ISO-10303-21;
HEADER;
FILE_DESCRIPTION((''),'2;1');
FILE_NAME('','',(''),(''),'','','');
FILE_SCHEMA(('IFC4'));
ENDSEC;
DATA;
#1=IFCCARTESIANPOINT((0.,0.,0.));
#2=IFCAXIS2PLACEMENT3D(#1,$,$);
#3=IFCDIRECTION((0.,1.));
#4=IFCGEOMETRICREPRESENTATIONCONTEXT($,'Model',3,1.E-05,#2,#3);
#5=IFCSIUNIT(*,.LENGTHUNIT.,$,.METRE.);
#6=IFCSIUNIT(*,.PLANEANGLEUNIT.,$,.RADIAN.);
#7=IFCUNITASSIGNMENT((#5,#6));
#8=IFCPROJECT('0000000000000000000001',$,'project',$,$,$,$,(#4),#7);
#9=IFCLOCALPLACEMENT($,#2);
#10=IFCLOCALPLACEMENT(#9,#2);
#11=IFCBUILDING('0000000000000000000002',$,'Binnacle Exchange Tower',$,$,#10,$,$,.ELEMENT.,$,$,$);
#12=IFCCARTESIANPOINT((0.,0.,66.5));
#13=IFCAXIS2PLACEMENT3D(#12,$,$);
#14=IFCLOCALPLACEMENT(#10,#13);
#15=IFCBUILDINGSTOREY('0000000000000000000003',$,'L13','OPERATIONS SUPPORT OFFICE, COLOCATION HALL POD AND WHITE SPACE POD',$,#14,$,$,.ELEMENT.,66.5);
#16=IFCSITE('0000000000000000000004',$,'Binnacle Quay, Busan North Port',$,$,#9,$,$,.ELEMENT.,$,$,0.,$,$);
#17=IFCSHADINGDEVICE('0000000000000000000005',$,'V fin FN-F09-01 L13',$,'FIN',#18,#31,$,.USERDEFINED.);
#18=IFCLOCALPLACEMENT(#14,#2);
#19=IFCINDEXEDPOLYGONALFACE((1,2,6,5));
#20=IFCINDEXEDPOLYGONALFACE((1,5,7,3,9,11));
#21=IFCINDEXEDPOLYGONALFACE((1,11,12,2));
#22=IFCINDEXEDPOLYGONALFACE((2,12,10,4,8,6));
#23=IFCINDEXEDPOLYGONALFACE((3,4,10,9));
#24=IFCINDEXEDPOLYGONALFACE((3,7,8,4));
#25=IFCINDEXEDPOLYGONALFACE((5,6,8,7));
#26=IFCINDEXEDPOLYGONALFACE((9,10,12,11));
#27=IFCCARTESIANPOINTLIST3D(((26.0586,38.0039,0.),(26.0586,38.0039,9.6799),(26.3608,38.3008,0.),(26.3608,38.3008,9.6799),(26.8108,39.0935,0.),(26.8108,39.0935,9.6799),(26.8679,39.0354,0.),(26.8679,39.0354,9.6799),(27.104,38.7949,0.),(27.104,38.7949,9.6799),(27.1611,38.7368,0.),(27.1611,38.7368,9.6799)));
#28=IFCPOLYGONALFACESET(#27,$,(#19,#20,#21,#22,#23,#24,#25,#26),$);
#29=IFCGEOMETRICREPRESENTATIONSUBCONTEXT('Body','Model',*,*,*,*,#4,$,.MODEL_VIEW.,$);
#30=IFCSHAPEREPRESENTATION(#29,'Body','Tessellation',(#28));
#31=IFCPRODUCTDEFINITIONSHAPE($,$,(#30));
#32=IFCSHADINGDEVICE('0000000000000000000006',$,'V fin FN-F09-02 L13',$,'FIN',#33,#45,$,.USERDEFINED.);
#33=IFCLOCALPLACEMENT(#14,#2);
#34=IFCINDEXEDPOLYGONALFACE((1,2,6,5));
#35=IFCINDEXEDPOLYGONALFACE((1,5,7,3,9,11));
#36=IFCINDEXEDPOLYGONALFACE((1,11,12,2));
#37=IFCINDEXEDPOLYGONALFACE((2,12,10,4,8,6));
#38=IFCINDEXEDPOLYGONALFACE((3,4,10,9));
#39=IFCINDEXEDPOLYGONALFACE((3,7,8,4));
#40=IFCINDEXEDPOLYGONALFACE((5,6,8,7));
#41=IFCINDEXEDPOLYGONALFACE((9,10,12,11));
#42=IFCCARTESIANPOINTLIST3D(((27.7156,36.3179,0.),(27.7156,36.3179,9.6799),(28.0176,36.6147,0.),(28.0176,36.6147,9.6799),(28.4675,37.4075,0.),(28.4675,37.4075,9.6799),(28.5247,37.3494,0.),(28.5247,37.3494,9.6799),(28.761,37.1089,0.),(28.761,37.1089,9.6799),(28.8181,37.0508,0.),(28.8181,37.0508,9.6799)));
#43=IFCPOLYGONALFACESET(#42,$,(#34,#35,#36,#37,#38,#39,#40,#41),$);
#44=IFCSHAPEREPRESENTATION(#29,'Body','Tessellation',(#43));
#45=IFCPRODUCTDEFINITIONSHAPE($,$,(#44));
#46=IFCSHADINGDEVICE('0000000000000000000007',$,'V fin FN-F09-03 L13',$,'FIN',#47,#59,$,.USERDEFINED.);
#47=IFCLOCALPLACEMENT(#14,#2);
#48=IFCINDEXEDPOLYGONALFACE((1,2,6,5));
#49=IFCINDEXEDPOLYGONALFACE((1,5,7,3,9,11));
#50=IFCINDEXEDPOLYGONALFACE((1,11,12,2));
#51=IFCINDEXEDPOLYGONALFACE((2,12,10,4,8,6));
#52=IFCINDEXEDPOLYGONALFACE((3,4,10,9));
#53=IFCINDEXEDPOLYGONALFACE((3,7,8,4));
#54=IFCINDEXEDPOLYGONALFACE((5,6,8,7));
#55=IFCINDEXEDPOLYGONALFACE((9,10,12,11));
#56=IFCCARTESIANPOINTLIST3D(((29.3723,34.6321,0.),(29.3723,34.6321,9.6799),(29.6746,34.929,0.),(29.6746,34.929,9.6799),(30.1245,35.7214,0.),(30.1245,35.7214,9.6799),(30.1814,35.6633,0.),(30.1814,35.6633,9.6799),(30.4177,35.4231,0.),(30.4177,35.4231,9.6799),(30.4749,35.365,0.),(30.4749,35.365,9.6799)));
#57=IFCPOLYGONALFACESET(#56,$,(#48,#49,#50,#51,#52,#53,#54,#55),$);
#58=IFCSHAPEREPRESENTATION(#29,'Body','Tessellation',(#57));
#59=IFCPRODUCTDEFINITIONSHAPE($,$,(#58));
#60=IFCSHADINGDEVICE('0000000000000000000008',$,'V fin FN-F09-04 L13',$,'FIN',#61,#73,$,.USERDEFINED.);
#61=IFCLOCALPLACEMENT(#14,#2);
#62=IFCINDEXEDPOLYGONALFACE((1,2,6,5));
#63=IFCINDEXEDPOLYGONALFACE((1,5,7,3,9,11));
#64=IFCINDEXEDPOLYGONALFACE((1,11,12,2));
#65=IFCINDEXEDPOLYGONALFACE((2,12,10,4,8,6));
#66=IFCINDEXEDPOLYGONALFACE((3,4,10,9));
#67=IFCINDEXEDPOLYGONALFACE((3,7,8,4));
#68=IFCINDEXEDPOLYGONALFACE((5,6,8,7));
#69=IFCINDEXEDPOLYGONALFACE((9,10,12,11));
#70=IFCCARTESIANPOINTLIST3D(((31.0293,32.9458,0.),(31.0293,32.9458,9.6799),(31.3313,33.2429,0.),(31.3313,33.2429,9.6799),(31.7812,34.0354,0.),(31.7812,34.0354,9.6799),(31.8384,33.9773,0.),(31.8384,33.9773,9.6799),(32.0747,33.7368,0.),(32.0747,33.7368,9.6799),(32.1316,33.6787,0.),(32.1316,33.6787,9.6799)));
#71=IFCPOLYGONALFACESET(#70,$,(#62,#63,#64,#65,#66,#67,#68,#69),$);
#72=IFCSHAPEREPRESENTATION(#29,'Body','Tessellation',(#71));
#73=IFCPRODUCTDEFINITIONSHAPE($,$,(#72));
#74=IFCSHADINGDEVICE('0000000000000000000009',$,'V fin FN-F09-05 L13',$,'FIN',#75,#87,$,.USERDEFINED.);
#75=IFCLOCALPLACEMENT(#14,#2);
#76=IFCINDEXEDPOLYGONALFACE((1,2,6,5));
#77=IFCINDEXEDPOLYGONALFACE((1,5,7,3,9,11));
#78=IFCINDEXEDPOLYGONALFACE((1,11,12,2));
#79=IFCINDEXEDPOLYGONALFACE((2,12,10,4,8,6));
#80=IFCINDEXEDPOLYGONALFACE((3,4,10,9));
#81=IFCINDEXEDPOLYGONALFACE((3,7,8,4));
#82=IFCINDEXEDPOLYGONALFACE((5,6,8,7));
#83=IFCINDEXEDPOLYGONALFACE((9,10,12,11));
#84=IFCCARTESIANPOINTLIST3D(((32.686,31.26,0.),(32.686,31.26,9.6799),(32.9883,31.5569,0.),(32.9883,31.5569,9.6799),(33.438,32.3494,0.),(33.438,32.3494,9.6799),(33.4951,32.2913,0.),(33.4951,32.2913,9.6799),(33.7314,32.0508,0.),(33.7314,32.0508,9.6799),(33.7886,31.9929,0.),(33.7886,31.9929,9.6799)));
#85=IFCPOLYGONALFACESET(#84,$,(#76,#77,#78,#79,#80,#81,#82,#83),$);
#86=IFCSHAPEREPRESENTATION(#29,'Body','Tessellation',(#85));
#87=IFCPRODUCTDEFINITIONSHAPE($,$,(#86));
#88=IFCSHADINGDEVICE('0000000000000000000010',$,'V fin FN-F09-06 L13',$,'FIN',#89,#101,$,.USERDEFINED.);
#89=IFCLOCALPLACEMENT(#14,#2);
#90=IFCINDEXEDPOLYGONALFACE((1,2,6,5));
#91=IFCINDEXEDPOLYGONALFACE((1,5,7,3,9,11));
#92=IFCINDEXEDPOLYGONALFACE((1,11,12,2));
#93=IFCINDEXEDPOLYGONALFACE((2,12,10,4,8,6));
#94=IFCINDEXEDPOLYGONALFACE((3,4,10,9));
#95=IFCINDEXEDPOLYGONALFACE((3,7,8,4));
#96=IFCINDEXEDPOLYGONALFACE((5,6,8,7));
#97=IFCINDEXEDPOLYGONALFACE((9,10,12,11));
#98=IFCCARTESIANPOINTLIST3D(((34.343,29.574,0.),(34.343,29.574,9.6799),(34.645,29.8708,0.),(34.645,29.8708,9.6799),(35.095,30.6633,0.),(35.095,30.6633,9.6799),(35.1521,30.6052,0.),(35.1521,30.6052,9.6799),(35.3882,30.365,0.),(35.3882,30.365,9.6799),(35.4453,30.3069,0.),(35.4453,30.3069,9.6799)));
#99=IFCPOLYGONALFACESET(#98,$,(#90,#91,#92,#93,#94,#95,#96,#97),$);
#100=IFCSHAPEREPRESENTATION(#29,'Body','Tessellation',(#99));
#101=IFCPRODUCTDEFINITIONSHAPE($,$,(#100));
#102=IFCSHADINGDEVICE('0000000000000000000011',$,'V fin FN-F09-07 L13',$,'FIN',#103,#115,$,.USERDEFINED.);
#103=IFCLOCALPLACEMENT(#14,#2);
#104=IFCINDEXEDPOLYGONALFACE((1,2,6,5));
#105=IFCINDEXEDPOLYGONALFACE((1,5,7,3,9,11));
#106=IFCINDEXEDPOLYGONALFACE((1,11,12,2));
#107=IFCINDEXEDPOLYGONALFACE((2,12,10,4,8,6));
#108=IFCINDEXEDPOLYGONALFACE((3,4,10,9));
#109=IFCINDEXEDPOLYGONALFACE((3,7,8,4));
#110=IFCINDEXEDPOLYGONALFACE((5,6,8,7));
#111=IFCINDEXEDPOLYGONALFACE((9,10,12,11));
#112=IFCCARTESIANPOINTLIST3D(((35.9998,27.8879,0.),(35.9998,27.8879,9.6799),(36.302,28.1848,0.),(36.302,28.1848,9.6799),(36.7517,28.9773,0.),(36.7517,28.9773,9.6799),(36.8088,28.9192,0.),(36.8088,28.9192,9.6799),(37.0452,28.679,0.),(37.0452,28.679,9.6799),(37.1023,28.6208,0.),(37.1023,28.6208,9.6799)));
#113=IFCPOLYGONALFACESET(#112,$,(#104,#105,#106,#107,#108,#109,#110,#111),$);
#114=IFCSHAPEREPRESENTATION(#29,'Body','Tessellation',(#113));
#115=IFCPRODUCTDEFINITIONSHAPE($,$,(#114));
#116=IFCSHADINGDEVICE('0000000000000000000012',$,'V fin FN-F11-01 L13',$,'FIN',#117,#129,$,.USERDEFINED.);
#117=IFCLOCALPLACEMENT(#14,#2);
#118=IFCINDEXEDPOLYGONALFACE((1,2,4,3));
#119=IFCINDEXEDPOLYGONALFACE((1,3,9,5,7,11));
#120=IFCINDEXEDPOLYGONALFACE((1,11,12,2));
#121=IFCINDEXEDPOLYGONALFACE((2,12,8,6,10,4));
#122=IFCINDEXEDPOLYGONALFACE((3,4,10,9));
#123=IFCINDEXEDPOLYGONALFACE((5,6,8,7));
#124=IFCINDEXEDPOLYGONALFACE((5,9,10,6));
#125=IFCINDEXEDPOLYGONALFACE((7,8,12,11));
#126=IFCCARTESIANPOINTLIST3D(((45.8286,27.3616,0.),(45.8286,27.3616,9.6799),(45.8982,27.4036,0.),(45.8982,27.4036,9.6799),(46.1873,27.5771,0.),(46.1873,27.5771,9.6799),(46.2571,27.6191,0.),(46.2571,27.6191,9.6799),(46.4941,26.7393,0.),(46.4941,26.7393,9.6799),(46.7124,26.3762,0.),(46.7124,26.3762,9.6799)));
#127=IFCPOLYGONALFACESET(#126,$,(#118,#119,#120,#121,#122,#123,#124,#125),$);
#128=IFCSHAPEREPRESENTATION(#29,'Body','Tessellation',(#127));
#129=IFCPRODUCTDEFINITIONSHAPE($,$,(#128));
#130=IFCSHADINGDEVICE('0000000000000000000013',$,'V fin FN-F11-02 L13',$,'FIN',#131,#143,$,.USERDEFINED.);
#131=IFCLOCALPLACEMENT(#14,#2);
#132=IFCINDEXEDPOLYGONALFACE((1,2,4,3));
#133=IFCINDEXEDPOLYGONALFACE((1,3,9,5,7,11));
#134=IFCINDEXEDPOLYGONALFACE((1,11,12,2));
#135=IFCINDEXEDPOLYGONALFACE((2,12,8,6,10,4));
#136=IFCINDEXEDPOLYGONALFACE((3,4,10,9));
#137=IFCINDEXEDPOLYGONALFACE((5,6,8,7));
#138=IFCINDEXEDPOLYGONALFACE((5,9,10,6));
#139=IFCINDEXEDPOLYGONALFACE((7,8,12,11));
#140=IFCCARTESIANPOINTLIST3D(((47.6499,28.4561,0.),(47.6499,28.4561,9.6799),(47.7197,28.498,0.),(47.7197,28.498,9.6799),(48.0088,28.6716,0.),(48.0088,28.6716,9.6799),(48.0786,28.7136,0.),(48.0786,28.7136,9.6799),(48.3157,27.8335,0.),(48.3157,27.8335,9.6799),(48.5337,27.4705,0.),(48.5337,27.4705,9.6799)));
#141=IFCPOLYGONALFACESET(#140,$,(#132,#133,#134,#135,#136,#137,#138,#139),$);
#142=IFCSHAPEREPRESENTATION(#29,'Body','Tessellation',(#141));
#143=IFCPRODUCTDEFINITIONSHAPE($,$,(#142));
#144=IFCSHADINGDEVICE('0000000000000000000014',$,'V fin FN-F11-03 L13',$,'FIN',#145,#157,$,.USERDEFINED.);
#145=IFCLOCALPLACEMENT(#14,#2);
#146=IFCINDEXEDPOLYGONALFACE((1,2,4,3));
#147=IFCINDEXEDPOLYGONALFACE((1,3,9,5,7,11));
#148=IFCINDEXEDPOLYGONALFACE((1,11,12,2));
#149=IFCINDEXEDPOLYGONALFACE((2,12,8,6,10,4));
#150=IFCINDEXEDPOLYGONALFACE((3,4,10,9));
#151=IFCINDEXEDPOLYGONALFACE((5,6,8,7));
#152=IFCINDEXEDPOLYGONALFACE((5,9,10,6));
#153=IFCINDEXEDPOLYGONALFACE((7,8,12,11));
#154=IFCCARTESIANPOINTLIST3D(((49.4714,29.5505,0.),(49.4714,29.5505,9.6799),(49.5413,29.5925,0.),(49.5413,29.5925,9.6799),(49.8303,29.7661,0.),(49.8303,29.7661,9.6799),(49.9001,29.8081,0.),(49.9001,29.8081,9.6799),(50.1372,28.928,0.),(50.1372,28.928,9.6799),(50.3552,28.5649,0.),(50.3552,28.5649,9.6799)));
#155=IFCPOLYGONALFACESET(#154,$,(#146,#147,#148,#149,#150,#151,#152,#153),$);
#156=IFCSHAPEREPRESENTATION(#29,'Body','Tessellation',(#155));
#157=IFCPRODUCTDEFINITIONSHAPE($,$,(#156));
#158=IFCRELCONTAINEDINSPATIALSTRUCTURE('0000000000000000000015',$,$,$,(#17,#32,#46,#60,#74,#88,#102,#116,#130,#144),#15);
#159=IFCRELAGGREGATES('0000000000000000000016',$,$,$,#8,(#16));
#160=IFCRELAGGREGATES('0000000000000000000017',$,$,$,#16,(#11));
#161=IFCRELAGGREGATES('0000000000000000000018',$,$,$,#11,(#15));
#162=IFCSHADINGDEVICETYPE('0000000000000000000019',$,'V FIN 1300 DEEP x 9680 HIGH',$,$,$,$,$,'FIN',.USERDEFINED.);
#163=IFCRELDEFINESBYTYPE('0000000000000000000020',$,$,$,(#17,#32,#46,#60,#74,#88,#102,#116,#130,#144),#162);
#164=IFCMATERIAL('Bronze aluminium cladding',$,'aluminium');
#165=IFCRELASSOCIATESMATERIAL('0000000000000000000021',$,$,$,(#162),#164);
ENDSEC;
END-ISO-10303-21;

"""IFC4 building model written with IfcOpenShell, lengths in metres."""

from ifc_helpers import new_model, si_unit, direction, frame, origin, place, context, subcontext, project, spatial, polyline, outline, extrude, material, type_object, element, save


model = new_model("IFC4")

# Units and contexts
model_context = context("Model", 3, precision=1e-05, world=origin(), true_north=direction((0.0, 1.0)))
body_context = subcontext(model_context, "Body", "Model", "MODEL_VIEW")
ifc_project = project(units=[si_unit("LENGTHUNIT", "METRE"), si_unit("PLANEANGLEUNIT", "RADIAN")], contexts=[model_context])

# Site, building, storey
site_placement = place(None, origin())
site = spatial("IfcSite", under=ifc_project, at=site_placement, Name="Binnacle Quay, Busan North Port", CompositionType="ELEMENT", RefElevation=0.0)
building_placement = place(site_placement, origin())
building = spatial("IfcBuilding", under=site, at=building_placement, Name="Binnacle Exchange Tower", CompositionType="ELEMENT")
storey_placement = place(building_placement, frame((0.0, 0.0, 66.5)))
storey = spatial("IfcBuildingStorey", under=building, at=storey_placement, Name="L13", Description="OPERATIONS SUPPORT OFFICE, COLOCATION HALL POD AND WHITE SPACE POD", CompositionType="ELEMENT", Elevation=66.5)

# Shading devices
ifc_material = material(Name="Bronze aluminium cladding", Category="aluminium")
shading_device_type = type_object("IfcShadingDeviceType", Name="V FIN 1300 DEEP x 9680 HIGH", ElementType="FIN", PredefinedType="USERDEFINED", material=ifc_material)
shading_device_1_placement = place(storey_placement, origin())
element("IfcShadingDevice", 1, at=shading_device_1_placement, inside=storey, type_object=shading_device_type, Name="V fin FN-F09-01 L13", ObjectType="FIN", PredefinedType="USERDEFINED", context=body_context, shape_type="SweptSolid", body=[
    extrude(outline(polyline([(26.8108, 39.0935), (26.0586, 38.0039), (27.1611, 38.7368), (27.104, 38.7949), (26.3608, 38.3008), (26.8679, 39.0354), (26.8108, 39.0935)])), origin(), (0.0, 0.0, 1.0), 9.6799),
])
shading_device_2_placement = place(storey_placement, origin())
element("IfcShadingDevice", 2, at=shading_device_2_placement, inside=storey, type_object=shading_device_type, Name="V fin FN-F09-02 L13", ObjectType="FIN", PredefinedType="USERDEFINED", context=body_context, shape_type="SweptSolid", body=[
    extrude(outline(polyline([(28.4675, 37.4075), (27.7156, 36.3179), (28.8181, 37.0508), (28.761, 37.1089), (28.0176, 36.6147), (28.5247, 37.3494), (28.4675, 37.4075)])), origin(), (0.0, 0.0, 1.0), 9.6799),
])
shading_device_3_placement = place(storey_placement, origin())
element("IfcShadingDevice", 3, at=shading_device_3_placement, inside=storey, type_object=shading_device_type, Name="V fin FN-F09-03 L13", ObjectType="FIN", PredefinedType="USERDEFINED", context=body_context, shape_type="SweptSolid", body=[
    extrude(outline(polyline([(30.1245, 35.7214), (29.3723, 34.6321), (30.4749, 35.365), (30.4177, 35.4231), (29.6746, 34.929), (30.1814, 35.6633), (30.1245, 35.7214)])), origin(), (0.0, 0.0, 1.0), 9.6799),
])
shading_device_4_placement = place(storey_placement, origin())
element("IfcShadingDevice", 4, at=shading_device_4_placement, inside=storey, type_object=shading_device_type, Name="V fin FN-F09-04 L13", ObjectType="FIN", PredefinedType="USERDEFINED", context=body_context, shape_type="SweptSolid", body=[
    extrude(outline(polyline([(31.7812, 34.0354), (31.0293, 32.9458), (32.1316, 33.6787), (32.0747, 33.7368), (31.3313, 33.2429), (31.8384, 33.9773), (31.7812, 34.0354)])), origin(), (0.0, 0.0, 1.0), 9.6799),
])
shading_device_5_placement = place(storey_placement, origin())
element("IfcShadingDevice", 5, at=shading_device_5_placement, inside=storey, type_object=shading_device_type, Name="V fin FN-F09-05 L13", ObjectType="FIN", PredefinedType="USERDEFINED", context=body_context, shape_type="SweptSolid", body=[
    extrude(outline(polyline([(33.438, 32.3494), (32.686, 31.26), (33.7886, 31.9929), (33.7314, 32.0508), (32.9883, 31.5569), (33.4951, 32.2913), (33.438, 32.3494)])), origin(), (0.0, 0.0, 1.0), 9.6799),
])
shading_device_6_placement = place(storey_placement, origin())
element("IfcShadingDevice", 6, at=shading_device_6_placement, inside=storey, type_object=shading_device_type, Name="V fin FN-F09-06 L13", ObjectType="FIN", PredefinedType="USERDEFINED", context=body_context, shape_type="SweptSolid", body=[
    extrude(outline(polyline([(35.095, 30.6633), (34.343, 29.574), (35.4453, 30.3069), (35.3882, 30.365), (34.645, 29.8708), (35.1521, 30.6052), (35.095, 30.6633)])), origin(), (0.0, 0.0, 1.0), 9.6799),
])
shading_device_7_placement = place(storey_placement, origin())
element("IfcShadingDevice", 7, at=shading_device_7_placement, inside=storey, type_object=shading_device_type, Name="V fin FN-F09-07 L13", ObjectType="FIN", PredefinedType="USERDEFINED", context=body_context, shape_type="SweptSolid", body=[
    extrude(outline(polyline([(36.7517, 28.9773), (35.9998, 27.8879), (37.1023, 28.6208), (37.0452, 28.679), (36.302, 28.1848), (36.8088, 28.9192), (36.7517, 28.9773)])), origin(), (0.0, 0.0, 1.0), 9.6799),
])
shading_device_8_placement = place(storey_placement, origin())
element("IfcShadingDevice", 8, at=shading_device_8_placement, inside=storey, type_object=shading_device_type, Name="V fin FN-F11-01 L13", ObjectType="FIN", PredefinedType="USERDEFINED", context=body_context, shape_type="SweptSolid", body=[
    extrude(outline(polyline([(45.8286, 27.3616), (46.7124, 26.3762), (46.2571, 27.6191), (46.1873, 27.5771), (46.4941, 26.7393), (45.8982, 27.4036), (45.8286, 27.3616)])), origin(), (0.0, 0.0, 1.0), 9.6799),
])
shading_device_9_placement = place(storey_placement, origin())
element("IfcShadingDevice", 9, at=shading_device_9_placement, inside=storey, type_object=shading_device_type, Name="V fin FN-F11-02 L13", ObjectType="FIN", PredefinedType="USERDEFINED", context=body_context, shape_type="SweptSolid", body=[
    extrude(outline(polyline([(47.6499, 28.4561), (48.5337, 27.4705), (48.0786, 28.7136), (48.0088, 28.6716), (48.3157, 27.8335), (47.7197, 28.498), (47.6499, 28.4561)])), origin(), (0.0, 0.0, 1.0), 9.6799),
])
shading_device_10_placement = place(storey_placement, origin())
element("IfcShadingDevice", 10, at=shading_device_10_placement, inside=storey, type_object=shading_device_type, Name="V fin FN-F11-03 L13", ObjectType="FIN", PredefinedType="USERDEFINED", context=body_context, shape_type="SweptSolid", body=[
    extrude(outline(polyline([(49.4714, 29.5505), (50.3552, 28.5649), (49.9001, 29.8081), (49.8303, 29.7661), (50.1372, 28.928), (49.5413, 29.5925), (49.4714, 29.5505)])), origin(), (0.0, 0.0, 1.0), 9.6799),
])

save(model, "model.ifc")
